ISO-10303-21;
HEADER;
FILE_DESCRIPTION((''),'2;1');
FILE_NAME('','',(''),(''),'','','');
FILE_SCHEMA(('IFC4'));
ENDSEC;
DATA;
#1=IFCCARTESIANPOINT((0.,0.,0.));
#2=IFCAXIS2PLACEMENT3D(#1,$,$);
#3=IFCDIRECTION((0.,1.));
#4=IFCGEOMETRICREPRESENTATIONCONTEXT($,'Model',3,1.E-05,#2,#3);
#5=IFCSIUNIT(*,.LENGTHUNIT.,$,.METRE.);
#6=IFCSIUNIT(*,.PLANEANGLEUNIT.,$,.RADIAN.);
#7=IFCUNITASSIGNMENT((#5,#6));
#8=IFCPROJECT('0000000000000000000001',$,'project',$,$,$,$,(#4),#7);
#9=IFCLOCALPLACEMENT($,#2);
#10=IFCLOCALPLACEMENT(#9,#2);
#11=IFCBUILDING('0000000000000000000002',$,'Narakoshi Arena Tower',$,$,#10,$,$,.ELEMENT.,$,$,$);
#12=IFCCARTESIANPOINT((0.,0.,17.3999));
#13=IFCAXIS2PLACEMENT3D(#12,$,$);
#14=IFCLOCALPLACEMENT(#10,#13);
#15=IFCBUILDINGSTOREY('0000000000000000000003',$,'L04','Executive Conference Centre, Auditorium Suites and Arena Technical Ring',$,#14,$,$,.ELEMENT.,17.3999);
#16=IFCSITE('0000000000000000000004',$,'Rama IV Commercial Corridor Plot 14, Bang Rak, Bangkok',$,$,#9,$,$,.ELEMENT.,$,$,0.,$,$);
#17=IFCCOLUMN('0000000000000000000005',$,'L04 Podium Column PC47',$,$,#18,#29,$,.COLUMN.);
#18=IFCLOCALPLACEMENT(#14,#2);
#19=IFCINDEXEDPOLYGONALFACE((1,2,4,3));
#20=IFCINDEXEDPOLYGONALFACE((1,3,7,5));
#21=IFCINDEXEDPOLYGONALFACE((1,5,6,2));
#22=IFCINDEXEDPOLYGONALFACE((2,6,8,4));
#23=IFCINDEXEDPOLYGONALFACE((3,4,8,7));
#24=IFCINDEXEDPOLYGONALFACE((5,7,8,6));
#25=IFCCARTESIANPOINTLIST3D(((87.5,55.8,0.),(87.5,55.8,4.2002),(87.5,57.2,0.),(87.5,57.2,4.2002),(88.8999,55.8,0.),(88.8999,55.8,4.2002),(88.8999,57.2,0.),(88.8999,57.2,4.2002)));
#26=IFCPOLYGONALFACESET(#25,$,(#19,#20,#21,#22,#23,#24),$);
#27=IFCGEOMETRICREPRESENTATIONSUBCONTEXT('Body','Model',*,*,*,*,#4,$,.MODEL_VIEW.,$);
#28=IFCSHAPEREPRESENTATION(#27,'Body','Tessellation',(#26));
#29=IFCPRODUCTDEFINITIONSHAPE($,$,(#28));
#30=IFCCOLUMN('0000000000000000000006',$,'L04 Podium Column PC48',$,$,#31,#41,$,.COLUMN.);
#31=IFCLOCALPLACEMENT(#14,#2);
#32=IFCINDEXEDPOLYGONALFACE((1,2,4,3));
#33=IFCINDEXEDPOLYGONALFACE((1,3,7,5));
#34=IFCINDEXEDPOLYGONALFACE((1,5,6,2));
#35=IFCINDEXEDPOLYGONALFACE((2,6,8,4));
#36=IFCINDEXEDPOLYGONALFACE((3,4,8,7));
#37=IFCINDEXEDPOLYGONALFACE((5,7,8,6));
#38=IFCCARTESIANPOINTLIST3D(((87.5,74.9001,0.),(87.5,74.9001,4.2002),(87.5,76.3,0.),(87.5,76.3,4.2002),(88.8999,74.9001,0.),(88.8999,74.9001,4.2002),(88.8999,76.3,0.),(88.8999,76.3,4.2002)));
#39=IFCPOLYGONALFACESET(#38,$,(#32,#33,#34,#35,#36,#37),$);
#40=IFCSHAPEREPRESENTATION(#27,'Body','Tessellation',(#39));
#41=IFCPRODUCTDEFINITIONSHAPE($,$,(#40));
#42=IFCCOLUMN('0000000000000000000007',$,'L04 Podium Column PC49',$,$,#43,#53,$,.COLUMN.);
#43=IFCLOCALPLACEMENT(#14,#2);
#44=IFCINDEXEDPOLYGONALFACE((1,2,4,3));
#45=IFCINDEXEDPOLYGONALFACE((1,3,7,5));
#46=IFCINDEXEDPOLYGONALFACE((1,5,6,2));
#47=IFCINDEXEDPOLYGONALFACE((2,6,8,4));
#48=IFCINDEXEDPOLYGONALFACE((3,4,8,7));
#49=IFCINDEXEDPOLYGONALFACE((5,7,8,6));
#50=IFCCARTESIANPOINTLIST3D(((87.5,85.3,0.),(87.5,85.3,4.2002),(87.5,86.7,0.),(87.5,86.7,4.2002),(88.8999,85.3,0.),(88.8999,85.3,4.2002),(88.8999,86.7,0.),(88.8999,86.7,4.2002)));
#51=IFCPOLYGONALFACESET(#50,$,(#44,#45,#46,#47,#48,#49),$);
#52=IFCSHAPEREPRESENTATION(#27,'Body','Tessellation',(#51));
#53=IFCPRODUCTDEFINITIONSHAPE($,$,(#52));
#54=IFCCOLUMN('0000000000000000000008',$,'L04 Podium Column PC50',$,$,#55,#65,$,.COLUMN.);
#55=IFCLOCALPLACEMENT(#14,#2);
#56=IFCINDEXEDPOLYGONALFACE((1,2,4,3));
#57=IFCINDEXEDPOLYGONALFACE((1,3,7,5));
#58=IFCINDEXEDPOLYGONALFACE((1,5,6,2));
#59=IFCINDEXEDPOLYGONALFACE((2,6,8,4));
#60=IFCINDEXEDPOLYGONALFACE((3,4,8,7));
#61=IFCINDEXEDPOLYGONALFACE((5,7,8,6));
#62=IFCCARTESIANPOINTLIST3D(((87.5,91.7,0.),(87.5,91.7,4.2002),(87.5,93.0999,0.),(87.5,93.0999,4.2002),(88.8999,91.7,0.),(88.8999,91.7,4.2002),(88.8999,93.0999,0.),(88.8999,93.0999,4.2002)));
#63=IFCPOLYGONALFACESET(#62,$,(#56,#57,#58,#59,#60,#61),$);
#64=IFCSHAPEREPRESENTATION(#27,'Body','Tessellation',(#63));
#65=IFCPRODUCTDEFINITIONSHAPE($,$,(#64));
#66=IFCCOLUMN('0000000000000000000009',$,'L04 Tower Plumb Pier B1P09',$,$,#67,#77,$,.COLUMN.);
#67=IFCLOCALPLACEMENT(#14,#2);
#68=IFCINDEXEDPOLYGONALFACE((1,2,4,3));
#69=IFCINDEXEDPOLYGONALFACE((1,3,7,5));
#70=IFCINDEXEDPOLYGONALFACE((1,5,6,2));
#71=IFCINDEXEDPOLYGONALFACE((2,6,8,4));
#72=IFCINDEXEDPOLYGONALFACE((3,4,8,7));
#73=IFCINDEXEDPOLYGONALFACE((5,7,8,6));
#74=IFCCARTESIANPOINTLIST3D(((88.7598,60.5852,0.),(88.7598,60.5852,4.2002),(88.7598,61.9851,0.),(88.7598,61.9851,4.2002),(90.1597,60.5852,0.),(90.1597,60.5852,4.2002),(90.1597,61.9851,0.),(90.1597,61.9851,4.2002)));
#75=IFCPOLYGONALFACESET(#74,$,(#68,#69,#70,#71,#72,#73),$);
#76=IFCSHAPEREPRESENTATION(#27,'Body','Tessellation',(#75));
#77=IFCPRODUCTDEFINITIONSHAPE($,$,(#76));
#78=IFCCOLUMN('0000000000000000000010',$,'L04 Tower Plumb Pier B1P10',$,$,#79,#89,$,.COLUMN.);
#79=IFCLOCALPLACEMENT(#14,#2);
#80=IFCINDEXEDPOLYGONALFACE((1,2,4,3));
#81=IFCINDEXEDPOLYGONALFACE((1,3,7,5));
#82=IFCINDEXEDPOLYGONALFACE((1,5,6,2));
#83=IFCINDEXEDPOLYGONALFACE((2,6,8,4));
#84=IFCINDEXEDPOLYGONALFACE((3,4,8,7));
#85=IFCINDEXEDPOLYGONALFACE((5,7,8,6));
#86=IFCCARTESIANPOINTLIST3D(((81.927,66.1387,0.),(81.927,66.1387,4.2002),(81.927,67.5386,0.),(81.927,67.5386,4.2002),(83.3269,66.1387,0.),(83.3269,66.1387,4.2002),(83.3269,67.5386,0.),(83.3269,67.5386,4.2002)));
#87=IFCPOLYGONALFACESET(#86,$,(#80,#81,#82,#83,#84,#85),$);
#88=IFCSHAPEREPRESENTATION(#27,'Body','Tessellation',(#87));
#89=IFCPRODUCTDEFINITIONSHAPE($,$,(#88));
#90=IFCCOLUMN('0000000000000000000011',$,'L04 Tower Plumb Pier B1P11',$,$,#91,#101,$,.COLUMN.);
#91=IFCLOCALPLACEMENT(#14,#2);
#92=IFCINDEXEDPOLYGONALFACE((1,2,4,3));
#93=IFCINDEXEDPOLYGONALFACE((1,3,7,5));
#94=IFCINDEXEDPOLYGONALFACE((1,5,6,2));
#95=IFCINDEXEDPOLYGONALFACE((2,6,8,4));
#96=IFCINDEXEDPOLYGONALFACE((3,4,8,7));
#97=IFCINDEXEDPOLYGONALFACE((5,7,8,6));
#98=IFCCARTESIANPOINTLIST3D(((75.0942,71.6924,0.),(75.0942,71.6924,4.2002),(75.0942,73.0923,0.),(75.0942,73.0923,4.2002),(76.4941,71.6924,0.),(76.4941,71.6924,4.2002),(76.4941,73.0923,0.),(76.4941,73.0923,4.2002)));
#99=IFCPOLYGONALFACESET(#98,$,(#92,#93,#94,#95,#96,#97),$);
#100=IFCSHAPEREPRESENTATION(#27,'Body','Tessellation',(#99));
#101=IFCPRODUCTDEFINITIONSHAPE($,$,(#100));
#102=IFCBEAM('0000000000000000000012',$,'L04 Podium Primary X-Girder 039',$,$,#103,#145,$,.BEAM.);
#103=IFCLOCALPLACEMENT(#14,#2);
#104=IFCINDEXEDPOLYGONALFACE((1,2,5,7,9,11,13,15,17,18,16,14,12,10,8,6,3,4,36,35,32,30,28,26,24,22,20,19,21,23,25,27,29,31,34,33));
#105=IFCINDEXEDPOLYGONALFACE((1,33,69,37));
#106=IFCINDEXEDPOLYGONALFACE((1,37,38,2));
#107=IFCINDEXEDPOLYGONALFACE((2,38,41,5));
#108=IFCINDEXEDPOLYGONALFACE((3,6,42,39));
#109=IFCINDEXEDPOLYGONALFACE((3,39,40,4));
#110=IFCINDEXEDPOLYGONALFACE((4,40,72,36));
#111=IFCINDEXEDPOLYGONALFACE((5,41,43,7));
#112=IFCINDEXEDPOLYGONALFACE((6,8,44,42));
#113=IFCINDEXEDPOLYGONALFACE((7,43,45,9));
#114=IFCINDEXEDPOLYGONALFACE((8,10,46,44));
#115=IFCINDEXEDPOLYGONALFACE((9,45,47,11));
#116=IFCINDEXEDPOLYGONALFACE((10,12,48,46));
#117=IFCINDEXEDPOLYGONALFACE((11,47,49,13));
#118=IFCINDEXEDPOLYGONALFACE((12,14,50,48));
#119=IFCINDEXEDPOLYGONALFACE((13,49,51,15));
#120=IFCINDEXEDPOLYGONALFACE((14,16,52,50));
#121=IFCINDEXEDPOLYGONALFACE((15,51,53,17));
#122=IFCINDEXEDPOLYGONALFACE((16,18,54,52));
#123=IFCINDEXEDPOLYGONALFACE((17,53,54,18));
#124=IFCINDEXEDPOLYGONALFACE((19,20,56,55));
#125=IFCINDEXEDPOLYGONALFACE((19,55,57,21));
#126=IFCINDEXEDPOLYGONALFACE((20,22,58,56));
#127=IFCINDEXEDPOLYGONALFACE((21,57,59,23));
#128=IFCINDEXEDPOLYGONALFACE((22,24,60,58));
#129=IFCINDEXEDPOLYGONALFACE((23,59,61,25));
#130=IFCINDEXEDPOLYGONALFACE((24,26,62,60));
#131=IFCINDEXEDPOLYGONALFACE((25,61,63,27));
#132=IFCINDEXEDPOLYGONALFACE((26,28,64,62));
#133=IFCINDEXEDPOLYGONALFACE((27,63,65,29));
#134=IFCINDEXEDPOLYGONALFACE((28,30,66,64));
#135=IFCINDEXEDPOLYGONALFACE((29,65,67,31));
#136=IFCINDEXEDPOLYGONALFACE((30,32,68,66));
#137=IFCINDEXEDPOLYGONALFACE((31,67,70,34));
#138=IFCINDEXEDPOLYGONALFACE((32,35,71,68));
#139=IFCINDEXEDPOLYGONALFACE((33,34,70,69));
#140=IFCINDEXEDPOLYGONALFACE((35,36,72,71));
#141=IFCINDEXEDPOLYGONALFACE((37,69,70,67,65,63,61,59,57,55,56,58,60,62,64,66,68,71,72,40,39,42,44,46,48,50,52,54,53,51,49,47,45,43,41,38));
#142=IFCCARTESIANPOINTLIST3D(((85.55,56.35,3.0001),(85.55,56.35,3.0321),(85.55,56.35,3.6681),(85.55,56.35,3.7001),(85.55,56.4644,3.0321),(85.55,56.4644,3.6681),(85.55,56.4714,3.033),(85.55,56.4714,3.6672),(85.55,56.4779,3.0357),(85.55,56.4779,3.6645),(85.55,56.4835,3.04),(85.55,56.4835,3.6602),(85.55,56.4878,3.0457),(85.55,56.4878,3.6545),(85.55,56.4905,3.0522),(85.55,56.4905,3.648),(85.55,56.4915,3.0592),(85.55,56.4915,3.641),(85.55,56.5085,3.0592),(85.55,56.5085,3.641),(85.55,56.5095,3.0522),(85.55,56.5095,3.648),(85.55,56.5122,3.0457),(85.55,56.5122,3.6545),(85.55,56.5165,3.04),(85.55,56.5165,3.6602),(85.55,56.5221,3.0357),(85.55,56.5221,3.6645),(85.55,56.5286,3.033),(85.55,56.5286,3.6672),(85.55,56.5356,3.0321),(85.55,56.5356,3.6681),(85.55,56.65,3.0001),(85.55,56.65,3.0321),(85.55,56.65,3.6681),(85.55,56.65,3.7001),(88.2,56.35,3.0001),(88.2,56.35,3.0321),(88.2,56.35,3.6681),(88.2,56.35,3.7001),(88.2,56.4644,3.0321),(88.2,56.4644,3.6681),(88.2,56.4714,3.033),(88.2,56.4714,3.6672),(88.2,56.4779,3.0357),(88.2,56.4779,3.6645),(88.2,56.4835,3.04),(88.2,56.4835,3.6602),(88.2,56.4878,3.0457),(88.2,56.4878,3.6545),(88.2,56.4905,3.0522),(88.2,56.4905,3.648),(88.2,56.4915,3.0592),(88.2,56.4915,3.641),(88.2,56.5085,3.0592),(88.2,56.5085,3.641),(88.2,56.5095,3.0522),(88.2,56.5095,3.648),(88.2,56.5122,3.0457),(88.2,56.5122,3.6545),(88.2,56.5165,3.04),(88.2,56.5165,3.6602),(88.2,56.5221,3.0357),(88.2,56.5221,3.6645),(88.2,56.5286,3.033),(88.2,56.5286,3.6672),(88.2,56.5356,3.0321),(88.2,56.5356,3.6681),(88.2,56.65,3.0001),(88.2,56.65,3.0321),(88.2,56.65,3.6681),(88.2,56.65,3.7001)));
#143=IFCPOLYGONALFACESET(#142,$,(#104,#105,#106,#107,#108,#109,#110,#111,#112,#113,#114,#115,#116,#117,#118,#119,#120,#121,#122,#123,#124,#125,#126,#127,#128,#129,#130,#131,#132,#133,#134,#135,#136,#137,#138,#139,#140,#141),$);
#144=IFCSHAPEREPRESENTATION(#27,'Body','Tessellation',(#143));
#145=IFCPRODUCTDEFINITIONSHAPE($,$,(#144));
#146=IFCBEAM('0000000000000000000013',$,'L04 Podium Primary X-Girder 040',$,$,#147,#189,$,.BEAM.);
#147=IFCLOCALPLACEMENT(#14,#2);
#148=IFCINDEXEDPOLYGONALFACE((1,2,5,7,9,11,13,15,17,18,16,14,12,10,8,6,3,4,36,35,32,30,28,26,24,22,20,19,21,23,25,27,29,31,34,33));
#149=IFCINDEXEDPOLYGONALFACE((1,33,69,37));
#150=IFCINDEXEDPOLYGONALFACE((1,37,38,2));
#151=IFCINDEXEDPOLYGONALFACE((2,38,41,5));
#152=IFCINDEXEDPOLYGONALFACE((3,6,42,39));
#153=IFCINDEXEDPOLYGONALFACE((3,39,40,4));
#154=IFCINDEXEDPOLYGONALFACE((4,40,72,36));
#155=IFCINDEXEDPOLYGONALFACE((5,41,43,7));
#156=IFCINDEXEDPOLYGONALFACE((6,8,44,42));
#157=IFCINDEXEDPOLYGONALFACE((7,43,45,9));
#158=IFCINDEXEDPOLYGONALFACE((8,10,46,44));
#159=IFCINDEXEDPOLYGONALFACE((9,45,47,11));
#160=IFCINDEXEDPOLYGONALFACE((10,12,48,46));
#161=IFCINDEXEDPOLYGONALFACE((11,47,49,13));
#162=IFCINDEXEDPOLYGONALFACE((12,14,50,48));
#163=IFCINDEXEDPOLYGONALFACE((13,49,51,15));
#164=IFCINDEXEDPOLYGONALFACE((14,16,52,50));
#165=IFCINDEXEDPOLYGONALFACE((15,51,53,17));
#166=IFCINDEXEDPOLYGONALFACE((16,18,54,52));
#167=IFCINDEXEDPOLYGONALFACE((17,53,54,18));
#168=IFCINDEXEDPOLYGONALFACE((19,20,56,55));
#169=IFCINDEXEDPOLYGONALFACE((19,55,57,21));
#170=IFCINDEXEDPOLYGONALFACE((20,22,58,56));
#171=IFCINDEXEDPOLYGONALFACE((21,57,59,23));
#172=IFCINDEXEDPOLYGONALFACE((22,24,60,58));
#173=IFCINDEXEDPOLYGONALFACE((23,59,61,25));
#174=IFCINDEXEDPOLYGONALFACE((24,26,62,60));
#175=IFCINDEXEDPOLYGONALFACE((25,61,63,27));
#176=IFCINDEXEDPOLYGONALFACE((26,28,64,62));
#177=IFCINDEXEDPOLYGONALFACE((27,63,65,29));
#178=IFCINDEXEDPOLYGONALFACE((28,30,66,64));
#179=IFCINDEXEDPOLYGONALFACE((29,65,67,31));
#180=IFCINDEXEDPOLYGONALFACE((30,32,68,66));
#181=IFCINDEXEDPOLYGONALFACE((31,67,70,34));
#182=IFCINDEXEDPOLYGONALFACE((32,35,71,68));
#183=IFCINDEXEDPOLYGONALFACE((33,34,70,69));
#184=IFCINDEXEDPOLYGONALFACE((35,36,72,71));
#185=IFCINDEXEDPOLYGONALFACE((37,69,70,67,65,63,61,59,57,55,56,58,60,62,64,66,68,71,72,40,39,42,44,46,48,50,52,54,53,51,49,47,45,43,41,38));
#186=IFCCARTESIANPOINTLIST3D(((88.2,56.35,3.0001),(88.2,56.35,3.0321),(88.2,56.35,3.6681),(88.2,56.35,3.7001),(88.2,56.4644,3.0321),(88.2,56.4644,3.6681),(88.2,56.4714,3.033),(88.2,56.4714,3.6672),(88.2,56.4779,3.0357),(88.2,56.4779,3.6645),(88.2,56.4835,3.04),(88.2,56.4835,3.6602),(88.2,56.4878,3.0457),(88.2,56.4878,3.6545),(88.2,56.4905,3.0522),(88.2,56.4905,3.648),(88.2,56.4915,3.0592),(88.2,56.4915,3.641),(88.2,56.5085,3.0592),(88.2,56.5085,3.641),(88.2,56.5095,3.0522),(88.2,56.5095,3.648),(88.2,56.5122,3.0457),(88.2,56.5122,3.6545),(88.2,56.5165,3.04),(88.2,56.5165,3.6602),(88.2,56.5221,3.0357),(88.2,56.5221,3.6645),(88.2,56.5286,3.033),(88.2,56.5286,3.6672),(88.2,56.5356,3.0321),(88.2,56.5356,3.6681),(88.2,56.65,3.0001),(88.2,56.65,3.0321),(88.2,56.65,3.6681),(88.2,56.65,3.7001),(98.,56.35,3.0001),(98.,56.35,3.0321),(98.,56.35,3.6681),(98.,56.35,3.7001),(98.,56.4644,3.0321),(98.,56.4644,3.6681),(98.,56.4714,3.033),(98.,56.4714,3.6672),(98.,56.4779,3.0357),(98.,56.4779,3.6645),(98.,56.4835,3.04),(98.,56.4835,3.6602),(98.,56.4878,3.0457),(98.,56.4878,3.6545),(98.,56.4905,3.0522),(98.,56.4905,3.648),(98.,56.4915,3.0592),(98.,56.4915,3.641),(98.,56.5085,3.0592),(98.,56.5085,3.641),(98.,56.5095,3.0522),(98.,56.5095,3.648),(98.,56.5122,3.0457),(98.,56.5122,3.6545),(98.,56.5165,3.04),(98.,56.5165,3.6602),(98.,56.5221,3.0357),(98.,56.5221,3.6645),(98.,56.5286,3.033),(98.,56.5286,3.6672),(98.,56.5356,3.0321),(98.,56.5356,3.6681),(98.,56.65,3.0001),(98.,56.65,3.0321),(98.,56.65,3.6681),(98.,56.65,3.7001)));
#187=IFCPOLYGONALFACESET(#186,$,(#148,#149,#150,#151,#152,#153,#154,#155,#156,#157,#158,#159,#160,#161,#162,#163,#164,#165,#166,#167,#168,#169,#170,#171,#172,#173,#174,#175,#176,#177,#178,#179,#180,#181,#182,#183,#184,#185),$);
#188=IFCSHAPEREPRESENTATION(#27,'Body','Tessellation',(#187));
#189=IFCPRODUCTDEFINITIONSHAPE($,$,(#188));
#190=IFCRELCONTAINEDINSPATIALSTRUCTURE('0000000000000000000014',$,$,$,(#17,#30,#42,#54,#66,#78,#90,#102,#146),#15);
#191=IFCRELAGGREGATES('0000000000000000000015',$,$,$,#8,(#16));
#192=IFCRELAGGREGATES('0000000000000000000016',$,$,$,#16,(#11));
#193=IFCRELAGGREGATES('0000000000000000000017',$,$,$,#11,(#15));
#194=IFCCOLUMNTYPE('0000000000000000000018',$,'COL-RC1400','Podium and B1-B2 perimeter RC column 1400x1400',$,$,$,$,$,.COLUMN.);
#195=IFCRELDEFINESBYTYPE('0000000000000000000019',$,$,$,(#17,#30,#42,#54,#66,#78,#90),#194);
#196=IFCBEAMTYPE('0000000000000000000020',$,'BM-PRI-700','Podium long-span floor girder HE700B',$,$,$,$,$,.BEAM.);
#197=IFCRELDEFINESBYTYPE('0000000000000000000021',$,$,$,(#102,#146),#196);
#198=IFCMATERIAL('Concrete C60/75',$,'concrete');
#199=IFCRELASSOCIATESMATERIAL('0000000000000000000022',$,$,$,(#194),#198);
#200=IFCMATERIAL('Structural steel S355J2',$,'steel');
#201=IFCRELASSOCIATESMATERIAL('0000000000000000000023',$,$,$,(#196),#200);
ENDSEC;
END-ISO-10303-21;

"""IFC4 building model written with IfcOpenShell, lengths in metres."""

from ifc_helpers import new_model, si_unit, direction, frame, origin, origin_2d, place, context, subcontext, project, spatial, rectangle, i_section, extrude, material, material_profile, profile_set, type_object, element, save


model = new_model("IFC4")

# Units and contexts
model_context = context("Model", 3, precision=1e-05, world=origin(), true_north=direction((0.0, 1.0)))
body_context = subcontext(model_context, "Body", "Model", "MODEL_VIEW")
ifc_project = project(units=[si_unit("LENGTHUNIT", "METRE"), si_unit("PLANEANGLEUNIT", "RADIAN")], contexts=[model_context])

# Site, building, storey
site_placement = place(None, origin())
site = spatial("IfcSite", under=ifc_project, at=site_placement, Name="Rama IV Commercial Corridor Plot 14, Bang Rak, Bangkok", CompositionType="ELEMENT", RefElevation=0.0)
building_placement = place(site_placement, origin())
building = spatial("IfcBuilding", under=site, at=building_placement, Name="Narakoshi Arena Tower", CompositionType="ELEMENT")
storey_placement = place(building_placement, frame((0.0, 0.0, 17.3999)))
storey = spatial("IfcBuildingStorey", under=building, at=storey_placement, Name="L04", Description="Executive Conference Centre, Auditorium Suites and Arena Technical Ring", CompositionType="ELEMENT", Elevation=17.3999)

# Columns
ifc_material_1 = material(Name="Concrete C60/75", Category="concrete")
ifc_material_profile_1 = material_profile(ifc_material_1, rectangle(XDim=1.3999, YDim=1.3999, at=origin_2d()), Name="RC1400x1400")
ifc_profile_set_1 = profile_set([ifc_material_profile_1], Name="Concrete C60/75")
column_type = type_object("IfcColumnType", Name="COL-RC1400", Description="Podium and B1-B2 perimeter RC column 1400x1400", PredefinedType="COLUMN", material=ifc_profile_set_1)
for number, where, z_axis, x_axis, name in (
    (1, (88.2, 56.5, 0.0), (0.0, 0.0, 1.0), (1.0, 0.0, 0.0), "L04 Podium Column PC47"),
    (2, (88.2, 75.6001, 0.0), (0.0, 0.0, 1.0), (1.0, 0.0, 0.0), "L04 Podium Column PC48"),
    (3, (88.2, 86.0, 0.0), (0.0, 0.0, 1.0), (1.0, 0.0, 0.0), "L04 Podium Column PC49"),
    (4, (88.2, 92.3999, 0.0), (0.0, 0.0, 1.0), (1.0, 0.0, 0.0), "L04 Podium Column PC50"),
    (5, (89.4597, 61.2852, 0.0), (0.0, 0.0, 1.0), (1.0, 0.0, 0.0), "L04 Tower Plumb Pier B1P09"),
    (6, (82.627, 66.8386, 0.0), (0.0, 0.0, 1.0), (1.0, 0.0, 0.0), "L04 Tower Plumb Pier B1P10"),
    (7, (75.7942, 72.3923, 0.0), (0.0, 0.0, 1.0), (1.0, 0.0, 0.0), "L04 Tower Plumb Pier B1P11"),
):
    element("IfcColumn", number, at=place(storey_placement, frame(where, z_axis=z_axis, x_axis=x_axis)), inside=storey, type_object=column_type, Name=name, PredefinedType="COLUMN", context=body_context, shape_type="SweptSolid", body=[
        extrude(rectangle(XDim=1.3999, YDim=1.3999, at=origin_2d()), origin(), (0.0, 0.0, 1.0), 4.2002),
    ])

# Beams
ifc_material_2 = material(Name="Structural steel S355J2", Category="steel")
ifc_material_profile_2 = material_profile(ifc_material_2, i_section(OverallWidth=0.3, OverallDepth=0.7, WebThickness=0.0171, FlangeThickness=0.032, FilletRadius=0.0271, at=origin_2d()), Name="HE700B")
ifc_profile_set_2 = profile_set([ifc_material_profile_2], Name="Structural steel S355J2")
beam_type_1 = type_object("IfcBeamType", Name="BM-PRI-700", Description="Podium long-span floor girder HE700B", PredefinedType="BEAM", material=ifc_profile_set_2)
beam_1_placement = place(storey_placement, frame((85.55, 56.5, 3.3501), z_axis=(1.0, 0.0, 0.0), x_axis=(0.0, 1.0, 0.0)))
element("IfcBeam", 8, at=beam_1_placement, inside=storey, type_object=beam_type_1, Name="L04 Podium Primary X-Girder 039", PredefinedType="BEAM", context=body_context, shape_type="SweptSolid", body=[
    extrude(i_section(OverallWidth=0.3, OverallDepth=0.7, WebThickness=0.0171, FlangeThickness=0.032, FilletRadius=0.0271, at=origin_2d()), origin(), (0.0, 0.0, 1.0), 2.6499),
])
for number, where, z_axis, x_axis, name in (
    (9, (88.2, 56.5, 3.3501), (1.0, 0.0, 0.0), (0.0, 1.0, 0.0), "L04 Podium Primary X-Girder 040"),
):
    element("IfcBeam", number, at=place(storey_placement, frame(where, z_axis=z_axis, x_axis=x_axis)), inside=storey, type_object=beam_type_1, Name=name, PredefinedType="BEAM", context=body_context, shape_type="SweptSolid", body=[
        extrude(i_section(OverallWidth=0.3, OverallDepth=0.7, WebThickness=0.0171, FlangeThickness=0.032, FilletRadius=0.0271, at=origin_2d()), origin(), (0.0, 0.0, 1.0), 9.8),
    ])

save(model, "model.ifc")
